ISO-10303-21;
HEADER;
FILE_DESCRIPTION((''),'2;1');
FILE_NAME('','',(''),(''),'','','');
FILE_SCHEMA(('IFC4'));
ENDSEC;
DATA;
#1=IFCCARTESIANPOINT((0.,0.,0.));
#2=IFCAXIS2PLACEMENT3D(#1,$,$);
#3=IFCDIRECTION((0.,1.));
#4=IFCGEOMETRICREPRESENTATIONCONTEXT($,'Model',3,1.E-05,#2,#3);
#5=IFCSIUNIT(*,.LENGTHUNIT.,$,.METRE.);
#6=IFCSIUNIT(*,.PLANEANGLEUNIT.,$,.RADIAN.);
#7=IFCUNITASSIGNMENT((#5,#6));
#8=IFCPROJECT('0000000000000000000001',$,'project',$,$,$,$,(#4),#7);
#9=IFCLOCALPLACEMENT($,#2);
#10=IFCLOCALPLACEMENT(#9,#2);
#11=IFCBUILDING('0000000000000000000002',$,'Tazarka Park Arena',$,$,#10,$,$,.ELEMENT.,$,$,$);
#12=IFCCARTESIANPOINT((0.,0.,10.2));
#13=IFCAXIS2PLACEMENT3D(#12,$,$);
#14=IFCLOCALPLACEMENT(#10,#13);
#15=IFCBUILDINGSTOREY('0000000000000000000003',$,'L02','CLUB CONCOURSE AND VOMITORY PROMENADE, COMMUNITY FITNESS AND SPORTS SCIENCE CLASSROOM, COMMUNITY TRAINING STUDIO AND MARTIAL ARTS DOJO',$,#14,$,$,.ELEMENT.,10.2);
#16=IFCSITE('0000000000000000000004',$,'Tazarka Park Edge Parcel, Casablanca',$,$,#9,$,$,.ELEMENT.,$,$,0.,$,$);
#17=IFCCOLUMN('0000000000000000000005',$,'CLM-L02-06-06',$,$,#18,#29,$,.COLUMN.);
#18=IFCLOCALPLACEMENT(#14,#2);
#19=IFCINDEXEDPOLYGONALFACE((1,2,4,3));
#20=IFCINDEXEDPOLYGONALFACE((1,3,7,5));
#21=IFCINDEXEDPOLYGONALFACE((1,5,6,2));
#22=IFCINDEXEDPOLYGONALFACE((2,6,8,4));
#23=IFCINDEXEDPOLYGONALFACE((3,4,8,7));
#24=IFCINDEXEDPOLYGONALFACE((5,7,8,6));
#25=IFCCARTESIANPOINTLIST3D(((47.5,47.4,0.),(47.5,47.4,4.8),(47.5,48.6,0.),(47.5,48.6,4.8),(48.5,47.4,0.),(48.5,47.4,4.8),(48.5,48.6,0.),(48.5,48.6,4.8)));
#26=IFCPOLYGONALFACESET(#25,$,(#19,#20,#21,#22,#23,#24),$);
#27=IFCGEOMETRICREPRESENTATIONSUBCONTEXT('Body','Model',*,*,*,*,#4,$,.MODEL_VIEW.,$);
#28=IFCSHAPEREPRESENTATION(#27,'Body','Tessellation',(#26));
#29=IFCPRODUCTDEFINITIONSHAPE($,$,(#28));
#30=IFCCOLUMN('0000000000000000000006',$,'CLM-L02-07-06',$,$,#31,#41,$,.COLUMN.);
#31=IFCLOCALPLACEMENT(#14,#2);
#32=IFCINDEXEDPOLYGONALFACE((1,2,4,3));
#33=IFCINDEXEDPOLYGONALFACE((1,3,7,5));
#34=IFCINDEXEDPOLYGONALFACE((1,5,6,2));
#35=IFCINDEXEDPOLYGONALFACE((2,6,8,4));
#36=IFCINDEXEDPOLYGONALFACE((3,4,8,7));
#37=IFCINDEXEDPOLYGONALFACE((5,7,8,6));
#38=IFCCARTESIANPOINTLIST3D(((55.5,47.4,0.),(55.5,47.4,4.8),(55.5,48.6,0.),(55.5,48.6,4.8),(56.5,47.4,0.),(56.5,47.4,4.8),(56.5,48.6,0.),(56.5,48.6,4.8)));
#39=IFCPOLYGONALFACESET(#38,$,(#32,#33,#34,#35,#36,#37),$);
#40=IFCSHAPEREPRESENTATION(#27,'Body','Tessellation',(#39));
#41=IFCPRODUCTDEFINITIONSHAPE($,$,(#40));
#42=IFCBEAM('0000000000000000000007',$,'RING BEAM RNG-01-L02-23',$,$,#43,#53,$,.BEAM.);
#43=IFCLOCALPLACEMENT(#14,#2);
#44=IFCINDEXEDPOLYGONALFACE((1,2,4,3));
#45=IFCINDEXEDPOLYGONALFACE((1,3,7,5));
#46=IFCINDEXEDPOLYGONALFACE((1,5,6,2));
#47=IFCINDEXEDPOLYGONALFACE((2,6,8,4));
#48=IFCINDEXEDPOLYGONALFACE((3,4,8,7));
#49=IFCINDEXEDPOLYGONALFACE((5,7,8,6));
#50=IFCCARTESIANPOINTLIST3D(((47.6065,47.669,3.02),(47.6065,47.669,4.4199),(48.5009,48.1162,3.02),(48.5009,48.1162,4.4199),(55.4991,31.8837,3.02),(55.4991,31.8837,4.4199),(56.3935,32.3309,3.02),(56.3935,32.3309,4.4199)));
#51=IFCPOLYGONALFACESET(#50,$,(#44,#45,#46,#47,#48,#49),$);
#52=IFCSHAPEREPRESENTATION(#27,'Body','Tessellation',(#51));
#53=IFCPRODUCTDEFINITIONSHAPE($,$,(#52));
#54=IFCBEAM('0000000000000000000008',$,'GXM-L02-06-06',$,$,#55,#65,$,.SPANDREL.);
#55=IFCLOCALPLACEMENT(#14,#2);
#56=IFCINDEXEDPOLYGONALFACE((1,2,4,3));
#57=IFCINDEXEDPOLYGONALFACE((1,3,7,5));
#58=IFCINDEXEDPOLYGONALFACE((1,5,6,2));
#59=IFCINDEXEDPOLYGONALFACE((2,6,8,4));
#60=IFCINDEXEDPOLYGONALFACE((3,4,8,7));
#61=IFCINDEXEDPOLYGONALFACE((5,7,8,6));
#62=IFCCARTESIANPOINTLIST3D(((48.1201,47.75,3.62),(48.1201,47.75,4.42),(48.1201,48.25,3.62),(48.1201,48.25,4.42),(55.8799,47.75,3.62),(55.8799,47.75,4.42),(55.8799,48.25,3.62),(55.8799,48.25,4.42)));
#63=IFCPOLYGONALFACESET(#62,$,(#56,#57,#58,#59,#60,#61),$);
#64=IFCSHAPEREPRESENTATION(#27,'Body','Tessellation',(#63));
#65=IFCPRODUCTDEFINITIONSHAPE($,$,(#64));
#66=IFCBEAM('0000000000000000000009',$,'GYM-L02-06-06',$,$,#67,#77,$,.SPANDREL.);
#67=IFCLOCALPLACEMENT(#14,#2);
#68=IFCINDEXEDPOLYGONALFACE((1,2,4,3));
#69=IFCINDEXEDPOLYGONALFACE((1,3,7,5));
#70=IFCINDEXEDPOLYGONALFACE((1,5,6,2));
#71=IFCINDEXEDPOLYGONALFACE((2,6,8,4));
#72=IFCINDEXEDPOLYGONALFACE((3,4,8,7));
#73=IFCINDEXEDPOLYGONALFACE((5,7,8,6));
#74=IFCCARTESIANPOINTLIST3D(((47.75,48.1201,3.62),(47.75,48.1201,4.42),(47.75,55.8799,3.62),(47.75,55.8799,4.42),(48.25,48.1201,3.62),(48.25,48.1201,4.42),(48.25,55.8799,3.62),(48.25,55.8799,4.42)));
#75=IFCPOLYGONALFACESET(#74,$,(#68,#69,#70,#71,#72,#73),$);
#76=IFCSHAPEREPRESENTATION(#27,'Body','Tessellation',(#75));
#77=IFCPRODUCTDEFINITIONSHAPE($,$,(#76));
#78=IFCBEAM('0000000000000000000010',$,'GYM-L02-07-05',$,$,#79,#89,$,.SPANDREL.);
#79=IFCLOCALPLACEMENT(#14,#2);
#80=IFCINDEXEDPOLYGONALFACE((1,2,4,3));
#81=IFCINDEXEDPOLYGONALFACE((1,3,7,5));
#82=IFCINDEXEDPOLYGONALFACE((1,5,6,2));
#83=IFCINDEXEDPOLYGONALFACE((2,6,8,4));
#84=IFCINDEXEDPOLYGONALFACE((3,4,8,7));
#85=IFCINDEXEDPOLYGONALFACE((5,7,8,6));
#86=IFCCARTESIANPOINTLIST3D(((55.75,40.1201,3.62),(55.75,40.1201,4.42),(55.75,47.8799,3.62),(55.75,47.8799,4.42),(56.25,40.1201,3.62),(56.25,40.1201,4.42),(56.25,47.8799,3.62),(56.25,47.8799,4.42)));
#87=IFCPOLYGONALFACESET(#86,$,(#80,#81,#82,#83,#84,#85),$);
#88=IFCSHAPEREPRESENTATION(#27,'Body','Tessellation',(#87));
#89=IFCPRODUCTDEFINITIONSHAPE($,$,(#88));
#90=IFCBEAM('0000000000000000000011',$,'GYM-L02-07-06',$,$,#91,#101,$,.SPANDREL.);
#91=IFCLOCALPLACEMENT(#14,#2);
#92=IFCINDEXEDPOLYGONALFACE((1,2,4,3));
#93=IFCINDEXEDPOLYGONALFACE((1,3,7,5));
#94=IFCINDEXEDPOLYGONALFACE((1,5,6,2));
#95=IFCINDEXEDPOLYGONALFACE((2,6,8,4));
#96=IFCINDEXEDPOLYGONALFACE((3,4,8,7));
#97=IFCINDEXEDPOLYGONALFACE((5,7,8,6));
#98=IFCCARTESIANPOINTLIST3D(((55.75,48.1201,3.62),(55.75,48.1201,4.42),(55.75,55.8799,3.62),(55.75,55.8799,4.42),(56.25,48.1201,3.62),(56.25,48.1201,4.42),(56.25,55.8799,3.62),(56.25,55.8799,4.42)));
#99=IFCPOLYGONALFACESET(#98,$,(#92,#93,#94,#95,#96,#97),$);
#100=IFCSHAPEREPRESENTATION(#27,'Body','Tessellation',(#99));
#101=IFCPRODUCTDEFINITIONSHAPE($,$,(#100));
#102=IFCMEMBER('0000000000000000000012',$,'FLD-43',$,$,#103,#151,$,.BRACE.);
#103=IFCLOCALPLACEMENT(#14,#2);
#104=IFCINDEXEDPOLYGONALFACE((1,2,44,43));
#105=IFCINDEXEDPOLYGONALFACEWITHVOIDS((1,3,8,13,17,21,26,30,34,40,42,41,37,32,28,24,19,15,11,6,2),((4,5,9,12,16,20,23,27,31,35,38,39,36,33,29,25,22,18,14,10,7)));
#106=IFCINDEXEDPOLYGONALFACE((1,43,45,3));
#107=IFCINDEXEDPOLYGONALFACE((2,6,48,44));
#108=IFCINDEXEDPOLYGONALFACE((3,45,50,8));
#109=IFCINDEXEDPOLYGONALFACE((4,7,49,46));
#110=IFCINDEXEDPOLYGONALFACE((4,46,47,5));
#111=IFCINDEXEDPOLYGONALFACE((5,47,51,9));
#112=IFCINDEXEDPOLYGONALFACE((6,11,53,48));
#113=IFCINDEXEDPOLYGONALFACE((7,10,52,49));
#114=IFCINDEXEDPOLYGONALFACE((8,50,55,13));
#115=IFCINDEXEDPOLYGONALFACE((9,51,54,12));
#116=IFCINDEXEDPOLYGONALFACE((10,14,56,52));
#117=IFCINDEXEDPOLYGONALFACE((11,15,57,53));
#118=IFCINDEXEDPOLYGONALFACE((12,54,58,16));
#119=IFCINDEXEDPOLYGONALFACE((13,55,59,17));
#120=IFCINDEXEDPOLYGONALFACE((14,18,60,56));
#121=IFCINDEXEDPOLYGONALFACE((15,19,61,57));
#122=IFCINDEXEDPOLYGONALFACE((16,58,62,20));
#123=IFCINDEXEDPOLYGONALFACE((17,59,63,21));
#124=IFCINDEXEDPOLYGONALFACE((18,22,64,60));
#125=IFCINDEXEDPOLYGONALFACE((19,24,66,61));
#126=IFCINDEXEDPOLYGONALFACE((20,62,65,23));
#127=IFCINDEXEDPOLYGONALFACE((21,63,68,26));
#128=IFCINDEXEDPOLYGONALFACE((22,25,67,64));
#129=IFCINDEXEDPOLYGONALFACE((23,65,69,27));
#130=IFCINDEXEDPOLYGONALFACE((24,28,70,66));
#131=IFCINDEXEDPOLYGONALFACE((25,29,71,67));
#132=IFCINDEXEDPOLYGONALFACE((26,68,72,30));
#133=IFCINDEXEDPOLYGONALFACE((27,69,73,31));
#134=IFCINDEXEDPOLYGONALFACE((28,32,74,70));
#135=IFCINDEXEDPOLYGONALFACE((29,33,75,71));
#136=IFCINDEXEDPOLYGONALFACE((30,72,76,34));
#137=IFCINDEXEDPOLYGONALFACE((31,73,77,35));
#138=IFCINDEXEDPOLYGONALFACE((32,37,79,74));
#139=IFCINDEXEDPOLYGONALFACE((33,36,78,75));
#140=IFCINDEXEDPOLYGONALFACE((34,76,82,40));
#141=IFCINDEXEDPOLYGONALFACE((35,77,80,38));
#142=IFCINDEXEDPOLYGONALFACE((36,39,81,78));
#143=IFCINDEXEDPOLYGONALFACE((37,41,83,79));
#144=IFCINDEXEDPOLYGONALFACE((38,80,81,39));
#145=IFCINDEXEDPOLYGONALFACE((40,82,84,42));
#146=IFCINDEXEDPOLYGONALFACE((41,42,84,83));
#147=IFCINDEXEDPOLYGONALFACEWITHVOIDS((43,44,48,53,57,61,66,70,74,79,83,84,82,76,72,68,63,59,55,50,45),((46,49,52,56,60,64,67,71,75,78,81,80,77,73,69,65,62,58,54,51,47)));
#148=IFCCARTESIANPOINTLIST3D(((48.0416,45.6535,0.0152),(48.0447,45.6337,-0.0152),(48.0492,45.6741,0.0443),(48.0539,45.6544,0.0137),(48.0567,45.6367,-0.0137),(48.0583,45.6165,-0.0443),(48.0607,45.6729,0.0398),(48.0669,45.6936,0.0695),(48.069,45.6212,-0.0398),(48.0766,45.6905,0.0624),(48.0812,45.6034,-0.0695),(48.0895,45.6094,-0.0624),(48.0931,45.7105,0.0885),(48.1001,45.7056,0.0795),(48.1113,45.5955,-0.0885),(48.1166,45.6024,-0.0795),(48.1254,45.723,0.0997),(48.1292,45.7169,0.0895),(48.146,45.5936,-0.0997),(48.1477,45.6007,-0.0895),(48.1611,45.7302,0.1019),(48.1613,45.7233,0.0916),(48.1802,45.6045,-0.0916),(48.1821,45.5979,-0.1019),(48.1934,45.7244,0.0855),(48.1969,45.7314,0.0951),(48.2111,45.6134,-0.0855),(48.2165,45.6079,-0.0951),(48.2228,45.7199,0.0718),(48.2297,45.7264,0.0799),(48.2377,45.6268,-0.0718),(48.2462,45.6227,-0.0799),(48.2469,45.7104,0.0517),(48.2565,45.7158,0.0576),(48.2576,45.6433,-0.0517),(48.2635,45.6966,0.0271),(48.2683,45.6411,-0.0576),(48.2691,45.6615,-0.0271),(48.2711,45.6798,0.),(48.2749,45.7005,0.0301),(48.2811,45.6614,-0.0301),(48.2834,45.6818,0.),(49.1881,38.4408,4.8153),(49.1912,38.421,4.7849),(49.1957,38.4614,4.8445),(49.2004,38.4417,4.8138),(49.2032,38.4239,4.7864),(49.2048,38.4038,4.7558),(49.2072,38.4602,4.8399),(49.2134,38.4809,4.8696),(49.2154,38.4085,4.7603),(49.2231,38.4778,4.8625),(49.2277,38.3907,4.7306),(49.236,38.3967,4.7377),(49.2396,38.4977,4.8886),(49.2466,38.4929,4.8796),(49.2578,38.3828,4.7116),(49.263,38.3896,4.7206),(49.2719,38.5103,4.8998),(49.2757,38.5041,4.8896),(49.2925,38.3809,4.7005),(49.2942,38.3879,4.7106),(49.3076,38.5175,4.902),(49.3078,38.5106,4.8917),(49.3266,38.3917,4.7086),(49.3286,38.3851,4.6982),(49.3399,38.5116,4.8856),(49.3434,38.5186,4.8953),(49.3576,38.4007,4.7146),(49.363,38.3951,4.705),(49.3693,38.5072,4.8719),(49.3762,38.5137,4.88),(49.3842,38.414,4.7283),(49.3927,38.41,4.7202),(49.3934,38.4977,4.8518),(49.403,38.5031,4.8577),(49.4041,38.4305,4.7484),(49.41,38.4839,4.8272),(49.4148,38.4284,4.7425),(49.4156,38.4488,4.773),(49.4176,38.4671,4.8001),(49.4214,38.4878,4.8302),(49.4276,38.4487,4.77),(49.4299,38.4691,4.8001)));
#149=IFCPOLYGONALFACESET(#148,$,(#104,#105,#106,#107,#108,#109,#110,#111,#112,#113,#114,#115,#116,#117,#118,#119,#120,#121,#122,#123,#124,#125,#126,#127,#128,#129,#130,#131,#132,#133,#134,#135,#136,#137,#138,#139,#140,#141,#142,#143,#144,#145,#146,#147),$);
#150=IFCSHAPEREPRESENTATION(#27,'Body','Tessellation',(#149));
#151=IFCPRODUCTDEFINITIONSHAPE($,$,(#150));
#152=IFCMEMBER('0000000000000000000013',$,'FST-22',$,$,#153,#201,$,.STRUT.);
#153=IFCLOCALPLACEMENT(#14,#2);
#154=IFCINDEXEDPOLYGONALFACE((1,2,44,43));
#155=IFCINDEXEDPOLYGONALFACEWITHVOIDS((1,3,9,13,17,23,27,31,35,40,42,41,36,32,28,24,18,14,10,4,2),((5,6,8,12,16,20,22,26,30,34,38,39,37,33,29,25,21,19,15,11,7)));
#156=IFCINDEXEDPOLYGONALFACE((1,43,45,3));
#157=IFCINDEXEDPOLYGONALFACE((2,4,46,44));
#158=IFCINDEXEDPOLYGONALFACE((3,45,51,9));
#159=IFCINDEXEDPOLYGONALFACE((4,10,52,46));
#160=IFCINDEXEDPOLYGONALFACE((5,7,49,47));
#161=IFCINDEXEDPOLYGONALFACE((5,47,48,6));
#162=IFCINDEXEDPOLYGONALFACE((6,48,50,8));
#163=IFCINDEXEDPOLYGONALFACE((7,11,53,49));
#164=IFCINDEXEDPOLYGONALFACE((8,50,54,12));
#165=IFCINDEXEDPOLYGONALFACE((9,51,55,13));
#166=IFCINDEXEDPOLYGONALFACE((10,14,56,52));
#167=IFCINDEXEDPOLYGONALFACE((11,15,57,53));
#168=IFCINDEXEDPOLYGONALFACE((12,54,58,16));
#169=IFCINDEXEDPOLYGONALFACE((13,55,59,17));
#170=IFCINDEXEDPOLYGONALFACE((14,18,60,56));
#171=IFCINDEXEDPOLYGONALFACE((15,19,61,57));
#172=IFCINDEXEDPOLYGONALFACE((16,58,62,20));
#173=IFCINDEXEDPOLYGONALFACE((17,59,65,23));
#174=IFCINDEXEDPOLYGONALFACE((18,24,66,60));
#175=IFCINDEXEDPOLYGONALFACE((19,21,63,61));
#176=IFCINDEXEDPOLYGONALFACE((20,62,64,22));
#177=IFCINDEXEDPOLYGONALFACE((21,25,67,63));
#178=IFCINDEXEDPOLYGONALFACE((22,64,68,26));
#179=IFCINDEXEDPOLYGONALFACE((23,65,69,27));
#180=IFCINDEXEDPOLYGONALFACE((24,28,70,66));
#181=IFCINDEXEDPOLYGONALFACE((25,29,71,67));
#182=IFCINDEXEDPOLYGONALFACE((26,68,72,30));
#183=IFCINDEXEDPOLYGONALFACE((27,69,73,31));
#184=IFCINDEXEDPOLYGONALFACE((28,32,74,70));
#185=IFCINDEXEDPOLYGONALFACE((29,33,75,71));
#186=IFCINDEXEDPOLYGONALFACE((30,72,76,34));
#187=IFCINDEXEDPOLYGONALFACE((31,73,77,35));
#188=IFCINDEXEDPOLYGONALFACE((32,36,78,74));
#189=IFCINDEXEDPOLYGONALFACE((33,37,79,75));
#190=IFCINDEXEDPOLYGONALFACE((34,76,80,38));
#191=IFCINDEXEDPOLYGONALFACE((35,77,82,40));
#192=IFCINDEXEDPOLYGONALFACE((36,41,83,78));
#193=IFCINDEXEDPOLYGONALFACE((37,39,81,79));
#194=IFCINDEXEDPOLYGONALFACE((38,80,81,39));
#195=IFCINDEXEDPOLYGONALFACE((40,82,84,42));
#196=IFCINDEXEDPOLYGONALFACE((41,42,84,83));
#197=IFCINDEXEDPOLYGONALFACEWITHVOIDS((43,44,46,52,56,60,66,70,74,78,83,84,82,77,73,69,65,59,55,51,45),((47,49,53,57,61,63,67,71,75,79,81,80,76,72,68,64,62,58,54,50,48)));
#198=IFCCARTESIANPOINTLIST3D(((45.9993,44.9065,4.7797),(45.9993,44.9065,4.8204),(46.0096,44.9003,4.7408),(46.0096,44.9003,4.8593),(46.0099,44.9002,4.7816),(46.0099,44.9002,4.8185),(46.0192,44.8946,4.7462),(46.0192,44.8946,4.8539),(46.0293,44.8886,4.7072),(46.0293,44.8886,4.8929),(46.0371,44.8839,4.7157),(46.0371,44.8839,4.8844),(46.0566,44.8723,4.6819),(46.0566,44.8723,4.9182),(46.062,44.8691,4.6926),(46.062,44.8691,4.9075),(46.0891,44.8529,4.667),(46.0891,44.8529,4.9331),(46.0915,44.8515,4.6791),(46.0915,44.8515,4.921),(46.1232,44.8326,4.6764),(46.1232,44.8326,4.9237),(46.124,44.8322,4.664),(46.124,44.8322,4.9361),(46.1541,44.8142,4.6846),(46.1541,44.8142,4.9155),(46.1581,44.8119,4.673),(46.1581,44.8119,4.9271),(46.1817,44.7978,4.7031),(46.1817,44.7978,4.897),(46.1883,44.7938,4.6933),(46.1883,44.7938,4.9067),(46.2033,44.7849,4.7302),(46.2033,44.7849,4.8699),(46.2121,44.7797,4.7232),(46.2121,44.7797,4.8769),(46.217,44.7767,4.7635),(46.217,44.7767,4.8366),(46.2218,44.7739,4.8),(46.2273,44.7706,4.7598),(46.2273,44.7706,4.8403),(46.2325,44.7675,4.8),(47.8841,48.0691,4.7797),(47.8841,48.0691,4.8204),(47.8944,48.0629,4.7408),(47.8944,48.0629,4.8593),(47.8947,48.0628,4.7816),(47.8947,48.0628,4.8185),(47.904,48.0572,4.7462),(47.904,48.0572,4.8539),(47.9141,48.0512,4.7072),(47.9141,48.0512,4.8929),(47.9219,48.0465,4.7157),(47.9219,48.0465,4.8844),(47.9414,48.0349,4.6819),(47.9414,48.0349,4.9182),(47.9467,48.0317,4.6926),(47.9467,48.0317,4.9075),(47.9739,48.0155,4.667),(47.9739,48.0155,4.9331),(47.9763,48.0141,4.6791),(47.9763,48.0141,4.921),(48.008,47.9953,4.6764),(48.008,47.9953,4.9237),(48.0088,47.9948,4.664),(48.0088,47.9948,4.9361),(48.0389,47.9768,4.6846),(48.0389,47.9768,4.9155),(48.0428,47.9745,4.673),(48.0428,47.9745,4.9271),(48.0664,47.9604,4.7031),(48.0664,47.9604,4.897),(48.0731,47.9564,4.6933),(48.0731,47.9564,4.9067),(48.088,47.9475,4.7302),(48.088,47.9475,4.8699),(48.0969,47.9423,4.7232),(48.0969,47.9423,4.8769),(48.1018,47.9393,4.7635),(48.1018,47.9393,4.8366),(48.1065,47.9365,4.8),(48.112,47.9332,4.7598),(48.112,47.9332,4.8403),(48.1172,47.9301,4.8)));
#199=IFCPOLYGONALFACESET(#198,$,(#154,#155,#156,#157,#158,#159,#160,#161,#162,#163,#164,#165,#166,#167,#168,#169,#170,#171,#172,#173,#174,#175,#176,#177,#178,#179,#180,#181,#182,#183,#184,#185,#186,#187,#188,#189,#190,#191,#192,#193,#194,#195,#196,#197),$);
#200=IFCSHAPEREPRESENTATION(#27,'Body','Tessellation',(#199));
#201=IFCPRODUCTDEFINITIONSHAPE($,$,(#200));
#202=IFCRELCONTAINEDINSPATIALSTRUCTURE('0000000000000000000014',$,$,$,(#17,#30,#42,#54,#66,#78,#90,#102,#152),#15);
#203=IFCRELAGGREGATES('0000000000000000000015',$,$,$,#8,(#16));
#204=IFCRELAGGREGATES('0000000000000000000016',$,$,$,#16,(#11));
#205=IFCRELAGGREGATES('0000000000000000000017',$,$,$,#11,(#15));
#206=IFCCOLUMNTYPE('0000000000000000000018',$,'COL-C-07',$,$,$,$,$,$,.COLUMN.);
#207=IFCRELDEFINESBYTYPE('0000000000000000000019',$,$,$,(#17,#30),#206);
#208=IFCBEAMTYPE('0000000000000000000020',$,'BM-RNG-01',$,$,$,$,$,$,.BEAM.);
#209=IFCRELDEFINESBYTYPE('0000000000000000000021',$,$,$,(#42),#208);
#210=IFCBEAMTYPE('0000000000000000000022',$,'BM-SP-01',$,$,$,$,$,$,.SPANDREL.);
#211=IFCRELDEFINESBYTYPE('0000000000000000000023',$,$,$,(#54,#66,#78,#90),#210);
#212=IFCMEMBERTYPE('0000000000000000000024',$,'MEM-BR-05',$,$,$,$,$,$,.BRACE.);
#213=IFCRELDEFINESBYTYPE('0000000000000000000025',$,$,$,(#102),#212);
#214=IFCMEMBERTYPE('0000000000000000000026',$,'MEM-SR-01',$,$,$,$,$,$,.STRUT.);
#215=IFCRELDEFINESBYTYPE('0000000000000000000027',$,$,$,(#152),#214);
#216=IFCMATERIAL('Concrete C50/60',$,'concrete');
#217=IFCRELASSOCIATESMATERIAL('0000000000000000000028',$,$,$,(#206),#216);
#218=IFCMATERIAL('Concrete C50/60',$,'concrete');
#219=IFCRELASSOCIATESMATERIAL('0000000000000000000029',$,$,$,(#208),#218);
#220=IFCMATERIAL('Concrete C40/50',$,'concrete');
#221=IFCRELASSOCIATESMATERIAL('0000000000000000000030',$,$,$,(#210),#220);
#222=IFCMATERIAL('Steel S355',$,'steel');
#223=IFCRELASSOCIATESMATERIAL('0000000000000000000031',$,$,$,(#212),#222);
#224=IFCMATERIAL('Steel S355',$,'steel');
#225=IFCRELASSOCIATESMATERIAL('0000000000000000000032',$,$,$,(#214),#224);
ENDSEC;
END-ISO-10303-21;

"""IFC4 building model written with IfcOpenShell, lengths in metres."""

from ifc_helpers import new_model, si_unit, direction, frame, origin, origin_2d, place, context, subcontext, project, spatial, rectangle, hollow_circle, extrude, material, material_profile, profile_set, type_object, element, save


model = new_model("IFC4")

# Units and contexts
model_context = context("Model", 3, precision=1e-05, world=origin(), true_north=direction((0.0, 1.0)))
body_context = subcontext(model_context, "Body", "Model", "MODEL_VIEW")
ifc_project = project(units=[si_unit("LENGTHUNIT", "METRE"), si_unit("PLANEANGLEUNIT", "RADIAN")], contexts=[model_context])

# Site, building, storey
site_placement = place(None, origin())
site = spatial("IfcSite", under=ifc_project, at=site_placement, Name="Tazarka Park Edge Parcel, Casablanca", CompositionType="ELEMENT", RefElevation=0.0)
building_placement = place(site_placement, origin())
building = spatial("IfcBuilding", under=site, at=building_placement, Name="Tazarka Park Arena", CompositionType="ELEMENT")
storey_placement = place(building_placement, frame((0.0, 0.0, 10.2)))
storey = spatial("IfcBuildingStorey", under=building, at=storey_placement, Name="L02", Description="CLUB CONCOURSE AND VOMITORY PROMENADE, COMMUNITY FITNESS AND SPORTS SCIENCE CLASSROOM, COMMUNITY TRAINING STUDIO AND MARTIAL ARTS DOJO", CompositionType="ELEMENT", Elevation=10.2)

# Columns
ifc_material_1 = material(Name="Concrete C50/60", Category="concrete")
ifc_material_profile_1 = material_profile(ifc_material_1, rectangle(XDim=1.0, YDim=1.2, at=origin_2d()), Name="Concrete C50/60")
ifc_profile_set_1 = profile_set([ifc_material_profile_1], Name="Concrete C50/60")
column_type = type_object("IfcColumnType", Name="COL-C-07", PredefinedType="COLUMN", material=ifc_profile_set_1)
for number, where, z_axis, x_axis, name in (
    (1, (48.0, 48.0, 0.0), (0.0, 0.0, 1.0), (1.0, 0.0, 0.0), "CLM-L02-06-06"),
    (2, (56.0, 48.0, 0.0), (0.0, 0.0, 1.0), (1.0, 0.0, 0.0), "CLM-L02-07-06"),
):
    element("IfcColumn", number, at=place(storey_placement, frame(where, z_axis=z_axis, x_axis=x_axis)), inside=storey, type_object=column_type, Name=name, PredefinedType="COLUMN", context=body_context, shape_type="SweptSolid", body=[
        extrude(rectangle(XDim=1.0, YDim=1.2, at=origin_2d()), origin(), (0.0, 0.0, 1.0), 4.8),
    ])

# Beams
ifc_material_2 = material(Name="Concrete C50/60", Category="concrete")
ifc_material_profile_2 = material_profile(ifc_material_2, rectangle(XDim=1.0, YDim=1.3999, at=origin_2d()), Name="Concrete C50/60")
ifc_profile_set_2 = profile_set([ifc_material_profile_2], Name="Concrete C50/60")
beam_type_1 = type_object("IfcBeamType", Name="BM-RNG-01", PredefinedType="BEAM", material=ifc_profile_set_2)
beam_placement = place(storey_placement, frame((48.0537, 47.8926, 3.72), z_axis=(0.447214, -0.894427, 0.0), x_axis=(0.894427, 0.447214, 0.0)))
element("IfcBeam", 3, at=beam_placement, inside=storey, type_object=beam_type_1, Name="RING BEAM RNG-01-L02-23", PredefinedType="BEAM", context=body_context, shape_type="SweptSolid", body=[
    extrude(rectangle(XDim=1.0, YDim=1.3999, at=origin_2d()), origin(), (0.0, 0.0, 1.0), 17.6484),
])
ifc_material_3 = material(Name="Concrete C40/50", Category="concrete")
ifc_material_profile_3 = material_profile(ifc_material_3, rectangle(XDim=0.5, YDim=0.8, at=origin_2d()), Name="Concrete C40/50")
ifc_profile_set_3 = profile_set([ifc_material_profile_3], Name="Concrete C40/50")
beam_type_2 = type_object("IfcBeamType", Name="BM-SP-01", PredefinedType="SPANDREL", material=ifc_profile_set_3)
for number, where, z_axis, x_axis, name in (
    (4, (48.1201, 48.0, 4.02), (1.0, 0.0, 0.0), (0.0, 1.0, 0.0), "GXM-L02-06-06"),
    (5, (48.0, 48.1201, 4.02), (0.0, 1.0, 0.0), (-1.0, 0.0, 0.0), "GYM-L02-06-06"),
    (6, (56.0, 40.1201, 4.02), (0.0, 1.0, 0.0), (-1.0, 0.0, 0.0), "GYM-L02-07-05"),
    (7, (56.0, 48.1201, 4.02), (0.0, 1.0, 0.0), (-1.0, 0.0, 0.0), "GYM-L02-07-06"),
):
    element("IfcBeam", number, at=place(storey_placement, frame(where, z_axis=z_axis, x_axis=x_axis)), inside=storey, type_object=beam_type_2, Name=name, PredefinedType="SPANDREL", context=body_context, shape_type="SweptSolid", body=[
        extrude(rectangle(XDim=0.5, YDim=0.8, at=origin_2d()), origin(), (0.0, 0.0, 1.0), 7.7598),
    ])

# Members
ifc_material_4 = material(Name="Steel S355", Category="steel")
ifc_material_profile_4 = material_profile(ifc_material_4, hollow_circle(Radius=0.1223, WallThickness=0.0125, at=origin_2d()), Name="Steel S355")
ifc_profile_set_4 = profile_set([ifc_material_profile_4], Name="Steel S355")
member_type_1 = type_object("IfcMemberType", Name="MEM-BR-05", PredefinedType="BRACE", material=ifc_profile_set_4)
member_1_placement = place(storey_placement, frame((48.1626, 45.6626, 0.0), z_axis=(0.131186, -0.825302, 0.549242), x_axis=(0.987601, 0.156984, 0.0)))
element("IfcMember", 8, at=member_1_placement, inside=storey, type_object=member_type_1, Name="FLD-43", PredefinedType="BRACE", context=body_context, shape_type="SweptSolid", body=[
    extrude(hollow_circle(Radius=0.1223, WallThickness=0.0125, at=origin_2d()), origin(), (0.0, 0.0, 1.0), 8.7395),
])
ifc_material_5 = material(Name="Steel S355", Category="steel")
ifc_material_profile_5 = material_profile(ifc_material_5, hollow_circle(Radius=0.1365, WallThickness=0.0125, at=origin_2d()), Name="Steel S355")
ifc_profile_set_5 = profile_set([ifc_material_profile_5], Name="Steel S355")
member_type_2 = type_object("IfcMemberType", Name="MEM-SR-01", PredefinedType="STRUT", material=ifc_profile_set_5)
member_2_placement = place(storey_placement, frame((48.0, 48.0, 4.8), z_axis=(-0.511938, -0.859022, 0.0), x_axis=(0.859022, -0.511938, 0.0)))
element("IfcMember", 9, at=member_2_placement, inside=storey, type_object=member_type_2, Name="FST-22", PredefinedType="STRUT", context=body_context, shape_type="SweptSolid", body=[
    extrude(hollow_circle(Radius=0.1365, WallThickness=0.0125, at=origin_2d()), origin(), (0.0, 0.0, 1.0), 3.6816),
])

save(model, "model.ifc")
